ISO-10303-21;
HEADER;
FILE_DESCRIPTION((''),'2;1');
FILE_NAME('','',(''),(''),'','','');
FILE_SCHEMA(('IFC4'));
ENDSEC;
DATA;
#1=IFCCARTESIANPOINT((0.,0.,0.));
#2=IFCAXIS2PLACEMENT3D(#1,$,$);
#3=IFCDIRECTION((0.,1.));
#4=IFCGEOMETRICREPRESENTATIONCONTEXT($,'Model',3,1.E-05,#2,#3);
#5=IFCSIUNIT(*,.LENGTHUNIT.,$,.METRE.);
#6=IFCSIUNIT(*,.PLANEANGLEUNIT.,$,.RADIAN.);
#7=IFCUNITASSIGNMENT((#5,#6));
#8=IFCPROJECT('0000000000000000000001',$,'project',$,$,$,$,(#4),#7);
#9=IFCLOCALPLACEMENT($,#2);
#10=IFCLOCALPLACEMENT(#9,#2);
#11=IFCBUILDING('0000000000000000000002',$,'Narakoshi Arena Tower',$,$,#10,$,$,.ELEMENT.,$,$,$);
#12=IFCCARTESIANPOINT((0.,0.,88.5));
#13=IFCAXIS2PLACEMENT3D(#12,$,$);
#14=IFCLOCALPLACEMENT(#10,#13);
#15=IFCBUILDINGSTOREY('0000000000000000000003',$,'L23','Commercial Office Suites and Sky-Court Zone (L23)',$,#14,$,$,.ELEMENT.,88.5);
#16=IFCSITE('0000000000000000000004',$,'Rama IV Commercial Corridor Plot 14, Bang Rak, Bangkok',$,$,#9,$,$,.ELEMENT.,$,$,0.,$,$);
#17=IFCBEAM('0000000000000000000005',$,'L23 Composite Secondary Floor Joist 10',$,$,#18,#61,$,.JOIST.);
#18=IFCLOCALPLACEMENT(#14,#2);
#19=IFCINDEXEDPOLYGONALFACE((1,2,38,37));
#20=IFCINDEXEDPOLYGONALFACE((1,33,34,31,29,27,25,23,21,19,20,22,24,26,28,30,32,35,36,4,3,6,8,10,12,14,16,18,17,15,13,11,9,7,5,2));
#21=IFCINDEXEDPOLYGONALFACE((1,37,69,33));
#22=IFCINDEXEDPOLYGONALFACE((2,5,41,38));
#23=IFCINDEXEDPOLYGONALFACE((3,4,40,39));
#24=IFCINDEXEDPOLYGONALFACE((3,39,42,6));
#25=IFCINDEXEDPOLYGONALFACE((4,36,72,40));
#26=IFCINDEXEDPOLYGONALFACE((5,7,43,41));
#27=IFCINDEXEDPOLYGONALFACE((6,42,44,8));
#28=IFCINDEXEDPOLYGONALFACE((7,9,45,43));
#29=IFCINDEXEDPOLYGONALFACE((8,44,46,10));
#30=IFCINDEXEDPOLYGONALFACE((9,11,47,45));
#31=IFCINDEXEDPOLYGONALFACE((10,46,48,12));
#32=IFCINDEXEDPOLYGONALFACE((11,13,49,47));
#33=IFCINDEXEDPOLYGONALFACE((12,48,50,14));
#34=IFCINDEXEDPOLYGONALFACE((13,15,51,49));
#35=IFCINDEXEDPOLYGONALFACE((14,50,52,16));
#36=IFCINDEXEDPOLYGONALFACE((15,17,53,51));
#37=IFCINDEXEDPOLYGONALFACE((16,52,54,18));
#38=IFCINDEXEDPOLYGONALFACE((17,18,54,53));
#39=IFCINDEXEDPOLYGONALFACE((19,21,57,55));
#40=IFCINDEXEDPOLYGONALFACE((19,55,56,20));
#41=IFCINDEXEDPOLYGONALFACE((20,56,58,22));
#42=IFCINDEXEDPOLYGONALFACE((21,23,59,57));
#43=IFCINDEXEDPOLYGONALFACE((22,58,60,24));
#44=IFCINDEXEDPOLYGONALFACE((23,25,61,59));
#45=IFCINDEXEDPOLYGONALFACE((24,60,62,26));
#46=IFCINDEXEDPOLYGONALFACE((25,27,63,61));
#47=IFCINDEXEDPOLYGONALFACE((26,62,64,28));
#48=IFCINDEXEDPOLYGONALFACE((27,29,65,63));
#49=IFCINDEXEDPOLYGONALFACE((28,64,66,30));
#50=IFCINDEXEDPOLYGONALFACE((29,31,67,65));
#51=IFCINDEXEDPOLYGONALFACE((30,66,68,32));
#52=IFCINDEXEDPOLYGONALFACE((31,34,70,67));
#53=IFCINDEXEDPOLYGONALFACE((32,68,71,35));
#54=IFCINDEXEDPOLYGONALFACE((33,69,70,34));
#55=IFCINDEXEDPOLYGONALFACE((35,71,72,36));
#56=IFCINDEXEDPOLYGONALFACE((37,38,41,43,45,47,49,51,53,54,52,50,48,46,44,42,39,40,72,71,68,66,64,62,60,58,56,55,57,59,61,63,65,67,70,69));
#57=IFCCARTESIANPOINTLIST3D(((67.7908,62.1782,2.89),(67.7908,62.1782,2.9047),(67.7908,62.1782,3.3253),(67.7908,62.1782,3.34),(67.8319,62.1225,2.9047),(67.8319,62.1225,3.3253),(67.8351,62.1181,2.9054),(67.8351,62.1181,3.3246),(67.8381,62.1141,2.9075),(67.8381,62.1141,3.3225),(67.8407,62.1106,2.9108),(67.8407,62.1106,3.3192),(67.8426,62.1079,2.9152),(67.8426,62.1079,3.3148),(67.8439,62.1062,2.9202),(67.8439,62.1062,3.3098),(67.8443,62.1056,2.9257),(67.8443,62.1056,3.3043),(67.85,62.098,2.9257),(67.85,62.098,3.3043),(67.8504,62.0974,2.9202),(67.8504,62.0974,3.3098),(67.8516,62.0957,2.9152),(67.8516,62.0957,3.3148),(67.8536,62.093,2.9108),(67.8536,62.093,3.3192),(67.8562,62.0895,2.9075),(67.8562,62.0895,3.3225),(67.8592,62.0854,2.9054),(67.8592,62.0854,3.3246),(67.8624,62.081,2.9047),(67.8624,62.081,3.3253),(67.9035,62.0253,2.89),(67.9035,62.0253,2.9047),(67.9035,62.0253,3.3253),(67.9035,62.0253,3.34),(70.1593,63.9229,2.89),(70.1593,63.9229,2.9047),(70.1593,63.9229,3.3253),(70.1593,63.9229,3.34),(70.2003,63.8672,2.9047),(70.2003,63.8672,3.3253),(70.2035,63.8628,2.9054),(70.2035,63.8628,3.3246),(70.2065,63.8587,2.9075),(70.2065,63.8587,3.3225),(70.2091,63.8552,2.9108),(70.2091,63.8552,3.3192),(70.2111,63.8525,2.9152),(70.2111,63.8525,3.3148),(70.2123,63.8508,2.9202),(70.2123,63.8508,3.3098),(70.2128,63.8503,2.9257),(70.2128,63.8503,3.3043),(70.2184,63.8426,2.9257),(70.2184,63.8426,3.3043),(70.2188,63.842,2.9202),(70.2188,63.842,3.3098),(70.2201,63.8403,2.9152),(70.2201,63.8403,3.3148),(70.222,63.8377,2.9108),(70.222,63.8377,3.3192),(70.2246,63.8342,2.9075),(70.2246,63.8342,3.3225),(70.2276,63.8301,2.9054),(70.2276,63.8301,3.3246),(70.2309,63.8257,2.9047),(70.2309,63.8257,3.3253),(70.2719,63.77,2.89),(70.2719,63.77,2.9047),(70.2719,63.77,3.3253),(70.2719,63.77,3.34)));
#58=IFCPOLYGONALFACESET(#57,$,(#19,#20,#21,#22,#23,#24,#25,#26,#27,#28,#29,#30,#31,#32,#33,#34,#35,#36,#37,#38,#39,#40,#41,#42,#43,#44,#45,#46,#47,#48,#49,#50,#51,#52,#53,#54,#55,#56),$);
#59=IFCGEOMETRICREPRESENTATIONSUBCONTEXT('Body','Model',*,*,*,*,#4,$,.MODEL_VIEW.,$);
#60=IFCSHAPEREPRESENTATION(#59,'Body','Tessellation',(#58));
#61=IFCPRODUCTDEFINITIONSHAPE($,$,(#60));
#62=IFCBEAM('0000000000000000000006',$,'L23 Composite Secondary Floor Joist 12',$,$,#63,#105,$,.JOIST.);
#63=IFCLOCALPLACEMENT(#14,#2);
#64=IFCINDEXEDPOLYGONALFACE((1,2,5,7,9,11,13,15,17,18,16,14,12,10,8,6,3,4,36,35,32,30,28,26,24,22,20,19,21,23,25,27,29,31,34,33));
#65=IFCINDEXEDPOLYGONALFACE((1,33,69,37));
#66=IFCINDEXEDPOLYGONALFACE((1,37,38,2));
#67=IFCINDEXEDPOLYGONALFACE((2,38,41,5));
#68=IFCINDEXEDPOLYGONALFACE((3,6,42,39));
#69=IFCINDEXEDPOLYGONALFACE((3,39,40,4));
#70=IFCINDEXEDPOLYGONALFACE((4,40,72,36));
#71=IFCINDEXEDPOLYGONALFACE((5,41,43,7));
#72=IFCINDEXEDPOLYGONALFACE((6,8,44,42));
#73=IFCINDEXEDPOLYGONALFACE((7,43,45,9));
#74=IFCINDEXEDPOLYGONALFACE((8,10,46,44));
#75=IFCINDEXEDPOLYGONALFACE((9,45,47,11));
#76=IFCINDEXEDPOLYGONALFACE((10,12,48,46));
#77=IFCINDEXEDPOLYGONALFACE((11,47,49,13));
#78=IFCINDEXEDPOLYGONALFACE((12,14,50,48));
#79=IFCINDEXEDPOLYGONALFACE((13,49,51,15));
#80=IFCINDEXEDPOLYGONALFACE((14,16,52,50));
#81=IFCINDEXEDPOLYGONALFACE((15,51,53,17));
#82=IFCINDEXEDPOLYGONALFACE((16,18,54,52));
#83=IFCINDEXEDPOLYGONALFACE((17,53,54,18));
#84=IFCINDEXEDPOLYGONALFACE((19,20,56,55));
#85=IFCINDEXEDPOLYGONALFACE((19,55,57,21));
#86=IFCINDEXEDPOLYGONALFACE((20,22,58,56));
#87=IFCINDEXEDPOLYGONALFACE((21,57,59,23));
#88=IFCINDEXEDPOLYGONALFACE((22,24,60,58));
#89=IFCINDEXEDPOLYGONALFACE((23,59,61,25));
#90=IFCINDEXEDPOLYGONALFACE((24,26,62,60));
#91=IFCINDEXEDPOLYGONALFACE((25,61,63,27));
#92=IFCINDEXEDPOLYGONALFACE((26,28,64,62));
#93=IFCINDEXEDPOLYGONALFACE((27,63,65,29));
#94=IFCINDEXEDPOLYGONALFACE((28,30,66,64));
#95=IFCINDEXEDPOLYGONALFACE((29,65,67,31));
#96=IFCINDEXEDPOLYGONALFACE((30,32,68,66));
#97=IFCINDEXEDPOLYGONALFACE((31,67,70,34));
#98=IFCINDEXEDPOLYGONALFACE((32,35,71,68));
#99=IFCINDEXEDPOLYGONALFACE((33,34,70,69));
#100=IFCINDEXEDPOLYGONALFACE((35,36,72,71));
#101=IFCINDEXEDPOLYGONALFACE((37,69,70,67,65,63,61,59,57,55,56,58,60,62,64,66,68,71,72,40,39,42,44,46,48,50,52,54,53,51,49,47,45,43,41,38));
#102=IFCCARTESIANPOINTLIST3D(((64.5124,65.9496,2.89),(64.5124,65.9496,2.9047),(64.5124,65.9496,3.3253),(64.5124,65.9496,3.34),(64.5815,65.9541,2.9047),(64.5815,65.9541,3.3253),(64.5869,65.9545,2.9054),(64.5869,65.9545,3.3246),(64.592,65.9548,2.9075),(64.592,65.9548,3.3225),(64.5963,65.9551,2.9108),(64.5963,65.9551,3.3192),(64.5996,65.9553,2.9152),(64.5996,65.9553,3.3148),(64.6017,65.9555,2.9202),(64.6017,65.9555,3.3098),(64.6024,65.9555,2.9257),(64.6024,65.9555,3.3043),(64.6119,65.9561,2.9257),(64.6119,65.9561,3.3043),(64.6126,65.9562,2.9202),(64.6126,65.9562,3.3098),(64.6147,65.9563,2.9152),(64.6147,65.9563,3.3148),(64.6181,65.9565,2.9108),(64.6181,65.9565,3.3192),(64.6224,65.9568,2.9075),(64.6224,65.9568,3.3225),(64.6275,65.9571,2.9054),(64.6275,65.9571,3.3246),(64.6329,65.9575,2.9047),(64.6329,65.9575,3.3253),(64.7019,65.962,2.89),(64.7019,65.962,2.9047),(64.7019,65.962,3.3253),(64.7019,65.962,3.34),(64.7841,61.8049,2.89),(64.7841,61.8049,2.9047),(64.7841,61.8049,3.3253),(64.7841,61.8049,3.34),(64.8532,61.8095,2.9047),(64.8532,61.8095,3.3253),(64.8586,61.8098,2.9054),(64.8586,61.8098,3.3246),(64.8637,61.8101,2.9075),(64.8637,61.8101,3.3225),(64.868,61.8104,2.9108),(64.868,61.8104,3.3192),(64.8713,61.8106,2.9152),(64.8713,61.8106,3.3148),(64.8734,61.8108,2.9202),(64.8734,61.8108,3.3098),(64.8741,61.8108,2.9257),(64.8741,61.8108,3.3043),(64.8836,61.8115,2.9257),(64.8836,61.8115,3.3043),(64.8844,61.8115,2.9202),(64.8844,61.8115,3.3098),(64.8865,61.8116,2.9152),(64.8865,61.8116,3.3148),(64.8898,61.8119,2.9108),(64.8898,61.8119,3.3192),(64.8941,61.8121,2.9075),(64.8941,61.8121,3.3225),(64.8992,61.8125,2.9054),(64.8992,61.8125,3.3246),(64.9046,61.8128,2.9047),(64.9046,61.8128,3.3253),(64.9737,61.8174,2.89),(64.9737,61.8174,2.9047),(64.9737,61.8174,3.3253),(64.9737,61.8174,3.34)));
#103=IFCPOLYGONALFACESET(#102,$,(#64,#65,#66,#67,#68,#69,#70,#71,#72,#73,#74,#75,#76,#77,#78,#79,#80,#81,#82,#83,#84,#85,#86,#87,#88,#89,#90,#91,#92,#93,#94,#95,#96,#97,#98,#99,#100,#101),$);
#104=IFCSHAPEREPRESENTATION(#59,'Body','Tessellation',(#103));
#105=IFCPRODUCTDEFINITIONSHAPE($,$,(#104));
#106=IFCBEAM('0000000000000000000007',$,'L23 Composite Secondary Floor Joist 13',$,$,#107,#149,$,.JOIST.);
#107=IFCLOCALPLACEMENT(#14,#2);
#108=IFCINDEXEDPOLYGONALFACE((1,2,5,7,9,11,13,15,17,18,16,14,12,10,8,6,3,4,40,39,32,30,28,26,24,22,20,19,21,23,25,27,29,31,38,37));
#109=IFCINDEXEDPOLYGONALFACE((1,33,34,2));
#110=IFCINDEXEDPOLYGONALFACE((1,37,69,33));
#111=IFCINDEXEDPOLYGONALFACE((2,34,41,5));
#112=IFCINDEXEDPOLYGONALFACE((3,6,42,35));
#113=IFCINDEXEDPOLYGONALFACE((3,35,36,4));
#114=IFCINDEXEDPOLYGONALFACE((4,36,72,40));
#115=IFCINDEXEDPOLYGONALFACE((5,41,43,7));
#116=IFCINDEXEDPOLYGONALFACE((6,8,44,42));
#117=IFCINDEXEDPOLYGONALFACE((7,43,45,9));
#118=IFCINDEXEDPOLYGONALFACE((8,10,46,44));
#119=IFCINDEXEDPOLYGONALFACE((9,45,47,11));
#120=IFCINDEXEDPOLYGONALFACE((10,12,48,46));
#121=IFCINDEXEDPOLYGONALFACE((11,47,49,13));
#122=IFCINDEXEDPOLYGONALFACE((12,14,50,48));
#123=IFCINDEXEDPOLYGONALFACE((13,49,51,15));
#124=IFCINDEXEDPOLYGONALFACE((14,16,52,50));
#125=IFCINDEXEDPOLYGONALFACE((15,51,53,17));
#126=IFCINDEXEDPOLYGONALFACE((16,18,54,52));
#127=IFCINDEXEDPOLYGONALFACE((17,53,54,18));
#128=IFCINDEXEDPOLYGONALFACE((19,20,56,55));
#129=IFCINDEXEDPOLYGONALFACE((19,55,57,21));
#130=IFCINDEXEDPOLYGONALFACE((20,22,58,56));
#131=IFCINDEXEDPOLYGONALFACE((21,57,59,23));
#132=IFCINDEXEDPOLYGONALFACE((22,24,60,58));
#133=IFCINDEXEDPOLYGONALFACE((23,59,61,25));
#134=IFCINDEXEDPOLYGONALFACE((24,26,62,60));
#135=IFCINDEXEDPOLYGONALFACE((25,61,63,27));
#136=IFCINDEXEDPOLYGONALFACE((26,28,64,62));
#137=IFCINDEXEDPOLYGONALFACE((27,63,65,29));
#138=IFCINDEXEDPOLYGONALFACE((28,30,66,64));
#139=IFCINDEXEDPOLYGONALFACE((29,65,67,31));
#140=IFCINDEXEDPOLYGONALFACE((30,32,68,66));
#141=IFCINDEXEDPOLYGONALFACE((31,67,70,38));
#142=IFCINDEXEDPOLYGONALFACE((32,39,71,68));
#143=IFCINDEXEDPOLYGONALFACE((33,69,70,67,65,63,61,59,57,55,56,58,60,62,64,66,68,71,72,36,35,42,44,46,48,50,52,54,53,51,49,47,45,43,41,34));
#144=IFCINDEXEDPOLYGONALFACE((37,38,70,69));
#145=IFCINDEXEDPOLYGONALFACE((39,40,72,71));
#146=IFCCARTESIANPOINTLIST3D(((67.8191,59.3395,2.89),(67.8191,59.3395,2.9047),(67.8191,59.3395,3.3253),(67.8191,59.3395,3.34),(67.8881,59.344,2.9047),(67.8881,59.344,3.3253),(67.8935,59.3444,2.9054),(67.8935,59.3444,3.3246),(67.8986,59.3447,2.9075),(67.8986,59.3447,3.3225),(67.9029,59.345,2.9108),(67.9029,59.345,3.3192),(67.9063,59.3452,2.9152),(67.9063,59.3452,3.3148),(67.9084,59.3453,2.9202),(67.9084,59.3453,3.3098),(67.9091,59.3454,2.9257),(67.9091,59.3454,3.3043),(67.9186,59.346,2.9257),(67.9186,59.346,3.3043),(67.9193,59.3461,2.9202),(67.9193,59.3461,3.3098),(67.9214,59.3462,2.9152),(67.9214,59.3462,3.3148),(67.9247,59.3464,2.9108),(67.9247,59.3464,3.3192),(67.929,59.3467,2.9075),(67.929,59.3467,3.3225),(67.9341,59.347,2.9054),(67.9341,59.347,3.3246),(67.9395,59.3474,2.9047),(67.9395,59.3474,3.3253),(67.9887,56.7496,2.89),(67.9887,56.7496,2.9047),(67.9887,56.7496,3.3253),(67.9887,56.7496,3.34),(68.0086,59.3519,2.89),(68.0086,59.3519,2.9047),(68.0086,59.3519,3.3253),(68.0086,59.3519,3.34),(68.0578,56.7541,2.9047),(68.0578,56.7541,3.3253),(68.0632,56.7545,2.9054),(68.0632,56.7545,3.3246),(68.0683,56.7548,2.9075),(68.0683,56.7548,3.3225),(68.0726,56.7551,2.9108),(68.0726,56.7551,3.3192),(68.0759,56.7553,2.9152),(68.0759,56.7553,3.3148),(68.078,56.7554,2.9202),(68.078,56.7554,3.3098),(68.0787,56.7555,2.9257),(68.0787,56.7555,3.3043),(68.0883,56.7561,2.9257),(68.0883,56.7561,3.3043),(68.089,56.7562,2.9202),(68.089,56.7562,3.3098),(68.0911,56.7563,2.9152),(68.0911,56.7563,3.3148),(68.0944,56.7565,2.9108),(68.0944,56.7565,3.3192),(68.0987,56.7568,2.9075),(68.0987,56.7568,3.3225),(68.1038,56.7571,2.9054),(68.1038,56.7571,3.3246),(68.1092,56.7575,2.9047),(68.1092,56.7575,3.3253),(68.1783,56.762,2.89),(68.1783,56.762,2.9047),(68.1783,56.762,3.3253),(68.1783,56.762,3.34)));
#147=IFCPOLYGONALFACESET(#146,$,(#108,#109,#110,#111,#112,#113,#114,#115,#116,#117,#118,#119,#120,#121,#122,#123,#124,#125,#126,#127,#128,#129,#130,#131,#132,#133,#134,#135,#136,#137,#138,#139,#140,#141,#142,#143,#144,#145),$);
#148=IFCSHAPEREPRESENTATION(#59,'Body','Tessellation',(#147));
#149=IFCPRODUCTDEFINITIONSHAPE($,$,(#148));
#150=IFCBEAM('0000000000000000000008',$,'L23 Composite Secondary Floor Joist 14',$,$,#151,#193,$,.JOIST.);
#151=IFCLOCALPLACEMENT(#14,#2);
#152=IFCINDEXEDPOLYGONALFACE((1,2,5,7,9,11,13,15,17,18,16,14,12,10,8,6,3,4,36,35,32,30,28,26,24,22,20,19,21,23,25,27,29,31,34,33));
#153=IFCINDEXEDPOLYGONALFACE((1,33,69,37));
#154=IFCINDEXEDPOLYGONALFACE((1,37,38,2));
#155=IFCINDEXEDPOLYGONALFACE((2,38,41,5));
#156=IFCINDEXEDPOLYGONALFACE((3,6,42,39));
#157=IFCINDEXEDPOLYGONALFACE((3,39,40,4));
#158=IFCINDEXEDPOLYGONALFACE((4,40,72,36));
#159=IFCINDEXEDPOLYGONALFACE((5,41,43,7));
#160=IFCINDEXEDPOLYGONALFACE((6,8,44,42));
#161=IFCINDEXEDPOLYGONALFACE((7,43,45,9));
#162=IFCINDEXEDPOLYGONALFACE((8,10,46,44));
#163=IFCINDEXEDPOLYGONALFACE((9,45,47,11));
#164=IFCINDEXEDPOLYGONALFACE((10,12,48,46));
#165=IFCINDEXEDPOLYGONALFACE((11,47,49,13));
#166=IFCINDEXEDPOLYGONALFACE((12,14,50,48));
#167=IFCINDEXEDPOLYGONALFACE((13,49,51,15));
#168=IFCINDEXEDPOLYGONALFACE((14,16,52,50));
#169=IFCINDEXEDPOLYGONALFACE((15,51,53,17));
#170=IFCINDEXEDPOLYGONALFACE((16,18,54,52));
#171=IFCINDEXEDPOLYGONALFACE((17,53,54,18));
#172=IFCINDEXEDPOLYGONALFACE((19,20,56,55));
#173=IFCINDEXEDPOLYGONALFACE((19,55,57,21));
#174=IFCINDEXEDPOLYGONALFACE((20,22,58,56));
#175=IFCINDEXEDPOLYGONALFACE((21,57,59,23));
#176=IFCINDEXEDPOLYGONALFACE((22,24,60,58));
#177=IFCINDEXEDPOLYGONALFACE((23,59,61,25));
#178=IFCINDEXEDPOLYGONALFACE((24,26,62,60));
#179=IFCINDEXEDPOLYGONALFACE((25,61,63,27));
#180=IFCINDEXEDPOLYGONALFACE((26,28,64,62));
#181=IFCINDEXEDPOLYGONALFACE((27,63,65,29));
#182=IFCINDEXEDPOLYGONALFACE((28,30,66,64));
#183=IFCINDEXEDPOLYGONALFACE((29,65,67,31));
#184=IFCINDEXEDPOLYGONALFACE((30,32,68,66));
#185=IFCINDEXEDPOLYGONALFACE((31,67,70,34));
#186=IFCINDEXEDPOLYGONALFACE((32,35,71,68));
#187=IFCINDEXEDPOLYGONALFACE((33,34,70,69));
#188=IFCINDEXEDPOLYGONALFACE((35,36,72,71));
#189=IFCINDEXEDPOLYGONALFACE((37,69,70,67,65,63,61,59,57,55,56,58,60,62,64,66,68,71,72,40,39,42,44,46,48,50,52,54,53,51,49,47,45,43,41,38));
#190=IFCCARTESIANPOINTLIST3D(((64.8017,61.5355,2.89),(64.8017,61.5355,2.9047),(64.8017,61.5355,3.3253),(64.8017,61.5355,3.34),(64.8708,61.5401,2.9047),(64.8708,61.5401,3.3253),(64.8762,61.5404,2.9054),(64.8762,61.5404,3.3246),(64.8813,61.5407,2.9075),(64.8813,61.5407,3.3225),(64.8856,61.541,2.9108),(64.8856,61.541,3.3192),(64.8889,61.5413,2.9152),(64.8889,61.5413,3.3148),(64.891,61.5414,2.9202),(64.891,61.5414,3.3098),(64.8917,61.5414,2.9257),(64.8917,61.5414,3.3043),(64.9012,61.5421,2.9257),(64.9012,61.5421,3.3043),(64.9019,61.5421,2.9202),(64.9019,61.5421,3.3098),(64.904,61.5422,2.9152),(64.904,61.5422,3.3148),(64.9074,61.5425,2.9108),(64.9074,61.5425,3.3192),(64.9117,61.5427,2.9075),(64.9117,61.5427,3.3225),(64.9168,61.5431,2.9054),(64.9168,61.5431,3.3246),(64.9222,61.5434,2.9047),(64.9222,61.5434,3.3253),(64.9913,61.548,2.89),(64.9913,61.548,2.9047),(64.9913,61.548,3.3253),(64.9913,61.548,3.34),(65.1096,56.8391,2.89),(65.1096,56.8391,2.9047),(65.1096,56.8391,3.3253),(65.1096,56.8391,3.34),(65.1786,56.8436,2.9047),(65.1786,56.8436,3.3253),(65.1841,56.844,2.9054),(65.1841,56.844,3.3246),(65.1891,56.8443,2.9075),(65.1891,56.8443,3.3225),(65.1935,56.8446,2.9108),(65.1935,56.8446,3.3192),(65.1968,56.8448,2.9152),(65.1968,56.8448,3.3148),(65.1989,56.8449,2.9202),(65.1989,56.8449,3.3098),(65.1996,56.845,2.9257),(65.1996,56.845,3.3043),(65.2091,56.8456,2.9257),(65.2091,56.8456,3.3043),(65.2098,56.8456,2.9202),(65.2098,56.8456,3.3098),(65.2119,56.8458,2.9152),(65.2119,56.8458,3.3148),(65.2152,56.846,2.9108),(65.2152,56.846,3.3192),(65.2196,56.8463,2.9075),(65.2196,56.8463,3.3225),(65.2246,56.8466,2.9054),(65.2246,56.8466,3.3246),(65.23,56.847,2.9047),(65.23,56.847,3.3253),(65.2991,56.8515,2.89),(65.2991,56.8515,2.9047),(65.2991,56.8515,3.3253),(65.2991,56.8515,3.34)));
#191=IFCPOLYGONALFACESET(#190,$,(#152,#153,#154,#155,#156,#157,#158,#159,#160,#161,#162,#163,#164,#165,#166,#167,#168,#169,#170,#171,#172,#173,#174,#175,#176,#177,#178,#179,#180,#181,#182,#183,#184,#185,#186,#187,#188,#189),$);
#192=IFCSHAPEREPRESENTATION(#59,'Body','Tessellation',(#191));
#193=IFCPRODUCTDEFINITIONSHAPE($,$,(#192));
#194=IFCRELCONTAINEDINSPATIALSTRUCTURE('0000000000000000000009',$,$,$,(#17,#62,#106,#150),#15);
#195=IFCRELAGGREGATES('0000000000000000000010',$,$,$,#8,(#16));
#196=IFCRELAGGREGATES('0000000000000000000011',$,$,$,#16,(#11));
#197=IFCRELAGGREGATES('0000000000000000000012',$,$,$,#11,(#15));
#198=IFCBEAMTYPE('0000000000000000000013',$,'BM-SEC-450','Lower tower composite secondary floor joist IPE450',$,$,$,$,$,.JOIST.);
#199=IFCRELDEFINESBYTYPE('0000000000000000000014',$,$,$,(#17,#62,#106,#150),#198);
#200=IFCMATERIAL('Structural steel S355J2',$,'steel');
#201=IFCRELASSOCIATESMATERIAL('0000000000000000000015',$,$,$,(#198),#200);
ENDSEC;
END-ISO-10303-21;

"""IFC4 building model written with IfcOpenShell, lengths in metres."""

from ifc_helpers import new_model, si_unit, direction, frame, origin, origin_2d, place, context, subcontext, project, spatial, i_section, extrude, material, material_profile, profile_set, type_object, element, save


model = new_model("IFC4")

# Units and contexts
model_context = context("Model", 3, precision=1e-05, world=origin(), true_north=direction((0.0, 1.0)))
body_context = subcontext(model_context, "Body", "Model", "MODEL_VIEW")
ifc_project = project(units=[si_unit("LENGTHUNIT", "METRE"), si_unit("PLANEANGLEUNIT", "RADIAN")], contexts=[model_context])

# Site, building, storey
site_placement = place(None, origin())
site = spatial("IfcSite", under=ifc_project, at=site_placement, Name="Rama IV Commercial Corridor Plot 14, Bang Rak, Bangkok", CompositionType="ELEMENT", RefElevation=0.0)
building_placement = place(site_placement, origin())
building = spatial("IfcBuilding", under=site, at=building_placement, Name="Narakoshi Arena Tower", CompositionType="ELEMENT")
storey_placement = place(building_placement, frame((0.0, 0.0, 88.5)))
storey = spatial("IfcBuildingStorey", under=building, at=storey_placement, Name="L23", Description="Commercial Office Suites and Sky-Court Zone (L23)", CompositionType="ELEMENT", Elevation=88.5)

# Beams
ifc_material_1 = material(Name="Structural steel S355J2", Category="steel")
ifc_material_profile_1 = material_profile(ifc_material_1, i_section(OverallWidth=0.1899, OverallDepth=0.45, WebThickness=0.0095, FlangeThickness=0.0146, FilletRadius=0.021, at=origin_2d()), Name="IPE450")
ifc_profile_set_1 = profile_set([ifc_material_profile_1], Name="Structural steel S355J2")
beam_type_1 = type_object("IfcBeamType", Name="BM-SEC-450", Description="Lower tower composite secondary floor joist IPE450", PredefinedType="JOIST", material=ifc_profile_set_1)
beam_1_placement = place(storey_placement, frame((70.2156, 63.8464, 3.115), z_axis=(-0.805139, -0.593086, 0.0), x_axis=(0.593086, -0.805139, 0.0)))
element("IfcBeam", 1, at=beam_1_placement, inside=storey, type_object=beam_type_1, Name="L23 Composite Secondary Floor Joist 10", PredefinedType="JOIST", context=body_context, shape_type="SweptSolid", body=[
    extrude(i_section(OverallWidth=0.1899, OverallDepth=0.45, WebThickness=0.0095, FlangeThickness=0.0146, FilletRadius=0.021, at=origin_2d()), origin(), (0.0, 0.0, 1.0), 2.9417),
])
beam_2_placement = place(storey_placement, frame((64.6072, 65.9558, 3.115), z_axis=(0.065419, -0.997858, 0.0), x_axis=(0.997858, 0.065419, 0.0)))
element("IfcBeam", 2, at=beam_2_placement, inside=storey, type_object=beam_type_1, Name="L23 Composite Secondary Floor Joist 12", PredefinedType="JOIST", context=body_context, shape_type="SweptSolid", body=[
    extrude(i_section(OverallWidth=0.1899, OverallDepth=0.45, WebThickness=0.0095, FlangeThickness=0.0146, FilletRadius=0.021, at=origin_2d()), origin(), (0.0, 0.0, 1.0), 4.1536),
])
beam_3_placement = place(storey_placement, frame((67.9138, 59.3457, 3.115), z_axis=(0.065376, -0.997861, 0.0), x_axis=(0.997861, 0.065376, 0.0)))
element("IfcBeam", 3, at=beam_3_placement, inside=storey, type_object=beam_type_1, Name="L23 Composite Secondary Floor Joist 13", PredefinedType="JOIST", context=body_context, shape_type="SweptSolid", body=[
    extrude(i_section(OverallWidth=0.1899, OverallDepth=0.45, WebThickness=0.0095, FlangeThickness=0.0146, FilletRadius=0.021, at=origin_2d()), origin(), (0.0, 0.0, 1.0), 2.5955),
])
beam_4_placement = place(storey_placement, frame((64.8965, 61.5417, 3.115), z_axis=(0.06541, -0.997858, 0.0), x_axis=(0.997858, 0.06541, 0.0)))
element("IfcBeam", 4, at=beam_4_placement, inside=storey, type_object=beam_type_1, Name="L23 Composite Secondary Floor Joist 14", PredefinedType="JOIST", context=body_context, shape_type="SweptSolid", body=[
    extrude(i_section(OverallWidth=0.1899, OverallDepth=0.45, WebThickness=0.0095, FlangeThickness=0.0146, FilletRadius=0.021, at=origin_2d()), origin(), (0.0, 0.0, 1.0), 4.7065),
])

save(model, "model.ifc")
